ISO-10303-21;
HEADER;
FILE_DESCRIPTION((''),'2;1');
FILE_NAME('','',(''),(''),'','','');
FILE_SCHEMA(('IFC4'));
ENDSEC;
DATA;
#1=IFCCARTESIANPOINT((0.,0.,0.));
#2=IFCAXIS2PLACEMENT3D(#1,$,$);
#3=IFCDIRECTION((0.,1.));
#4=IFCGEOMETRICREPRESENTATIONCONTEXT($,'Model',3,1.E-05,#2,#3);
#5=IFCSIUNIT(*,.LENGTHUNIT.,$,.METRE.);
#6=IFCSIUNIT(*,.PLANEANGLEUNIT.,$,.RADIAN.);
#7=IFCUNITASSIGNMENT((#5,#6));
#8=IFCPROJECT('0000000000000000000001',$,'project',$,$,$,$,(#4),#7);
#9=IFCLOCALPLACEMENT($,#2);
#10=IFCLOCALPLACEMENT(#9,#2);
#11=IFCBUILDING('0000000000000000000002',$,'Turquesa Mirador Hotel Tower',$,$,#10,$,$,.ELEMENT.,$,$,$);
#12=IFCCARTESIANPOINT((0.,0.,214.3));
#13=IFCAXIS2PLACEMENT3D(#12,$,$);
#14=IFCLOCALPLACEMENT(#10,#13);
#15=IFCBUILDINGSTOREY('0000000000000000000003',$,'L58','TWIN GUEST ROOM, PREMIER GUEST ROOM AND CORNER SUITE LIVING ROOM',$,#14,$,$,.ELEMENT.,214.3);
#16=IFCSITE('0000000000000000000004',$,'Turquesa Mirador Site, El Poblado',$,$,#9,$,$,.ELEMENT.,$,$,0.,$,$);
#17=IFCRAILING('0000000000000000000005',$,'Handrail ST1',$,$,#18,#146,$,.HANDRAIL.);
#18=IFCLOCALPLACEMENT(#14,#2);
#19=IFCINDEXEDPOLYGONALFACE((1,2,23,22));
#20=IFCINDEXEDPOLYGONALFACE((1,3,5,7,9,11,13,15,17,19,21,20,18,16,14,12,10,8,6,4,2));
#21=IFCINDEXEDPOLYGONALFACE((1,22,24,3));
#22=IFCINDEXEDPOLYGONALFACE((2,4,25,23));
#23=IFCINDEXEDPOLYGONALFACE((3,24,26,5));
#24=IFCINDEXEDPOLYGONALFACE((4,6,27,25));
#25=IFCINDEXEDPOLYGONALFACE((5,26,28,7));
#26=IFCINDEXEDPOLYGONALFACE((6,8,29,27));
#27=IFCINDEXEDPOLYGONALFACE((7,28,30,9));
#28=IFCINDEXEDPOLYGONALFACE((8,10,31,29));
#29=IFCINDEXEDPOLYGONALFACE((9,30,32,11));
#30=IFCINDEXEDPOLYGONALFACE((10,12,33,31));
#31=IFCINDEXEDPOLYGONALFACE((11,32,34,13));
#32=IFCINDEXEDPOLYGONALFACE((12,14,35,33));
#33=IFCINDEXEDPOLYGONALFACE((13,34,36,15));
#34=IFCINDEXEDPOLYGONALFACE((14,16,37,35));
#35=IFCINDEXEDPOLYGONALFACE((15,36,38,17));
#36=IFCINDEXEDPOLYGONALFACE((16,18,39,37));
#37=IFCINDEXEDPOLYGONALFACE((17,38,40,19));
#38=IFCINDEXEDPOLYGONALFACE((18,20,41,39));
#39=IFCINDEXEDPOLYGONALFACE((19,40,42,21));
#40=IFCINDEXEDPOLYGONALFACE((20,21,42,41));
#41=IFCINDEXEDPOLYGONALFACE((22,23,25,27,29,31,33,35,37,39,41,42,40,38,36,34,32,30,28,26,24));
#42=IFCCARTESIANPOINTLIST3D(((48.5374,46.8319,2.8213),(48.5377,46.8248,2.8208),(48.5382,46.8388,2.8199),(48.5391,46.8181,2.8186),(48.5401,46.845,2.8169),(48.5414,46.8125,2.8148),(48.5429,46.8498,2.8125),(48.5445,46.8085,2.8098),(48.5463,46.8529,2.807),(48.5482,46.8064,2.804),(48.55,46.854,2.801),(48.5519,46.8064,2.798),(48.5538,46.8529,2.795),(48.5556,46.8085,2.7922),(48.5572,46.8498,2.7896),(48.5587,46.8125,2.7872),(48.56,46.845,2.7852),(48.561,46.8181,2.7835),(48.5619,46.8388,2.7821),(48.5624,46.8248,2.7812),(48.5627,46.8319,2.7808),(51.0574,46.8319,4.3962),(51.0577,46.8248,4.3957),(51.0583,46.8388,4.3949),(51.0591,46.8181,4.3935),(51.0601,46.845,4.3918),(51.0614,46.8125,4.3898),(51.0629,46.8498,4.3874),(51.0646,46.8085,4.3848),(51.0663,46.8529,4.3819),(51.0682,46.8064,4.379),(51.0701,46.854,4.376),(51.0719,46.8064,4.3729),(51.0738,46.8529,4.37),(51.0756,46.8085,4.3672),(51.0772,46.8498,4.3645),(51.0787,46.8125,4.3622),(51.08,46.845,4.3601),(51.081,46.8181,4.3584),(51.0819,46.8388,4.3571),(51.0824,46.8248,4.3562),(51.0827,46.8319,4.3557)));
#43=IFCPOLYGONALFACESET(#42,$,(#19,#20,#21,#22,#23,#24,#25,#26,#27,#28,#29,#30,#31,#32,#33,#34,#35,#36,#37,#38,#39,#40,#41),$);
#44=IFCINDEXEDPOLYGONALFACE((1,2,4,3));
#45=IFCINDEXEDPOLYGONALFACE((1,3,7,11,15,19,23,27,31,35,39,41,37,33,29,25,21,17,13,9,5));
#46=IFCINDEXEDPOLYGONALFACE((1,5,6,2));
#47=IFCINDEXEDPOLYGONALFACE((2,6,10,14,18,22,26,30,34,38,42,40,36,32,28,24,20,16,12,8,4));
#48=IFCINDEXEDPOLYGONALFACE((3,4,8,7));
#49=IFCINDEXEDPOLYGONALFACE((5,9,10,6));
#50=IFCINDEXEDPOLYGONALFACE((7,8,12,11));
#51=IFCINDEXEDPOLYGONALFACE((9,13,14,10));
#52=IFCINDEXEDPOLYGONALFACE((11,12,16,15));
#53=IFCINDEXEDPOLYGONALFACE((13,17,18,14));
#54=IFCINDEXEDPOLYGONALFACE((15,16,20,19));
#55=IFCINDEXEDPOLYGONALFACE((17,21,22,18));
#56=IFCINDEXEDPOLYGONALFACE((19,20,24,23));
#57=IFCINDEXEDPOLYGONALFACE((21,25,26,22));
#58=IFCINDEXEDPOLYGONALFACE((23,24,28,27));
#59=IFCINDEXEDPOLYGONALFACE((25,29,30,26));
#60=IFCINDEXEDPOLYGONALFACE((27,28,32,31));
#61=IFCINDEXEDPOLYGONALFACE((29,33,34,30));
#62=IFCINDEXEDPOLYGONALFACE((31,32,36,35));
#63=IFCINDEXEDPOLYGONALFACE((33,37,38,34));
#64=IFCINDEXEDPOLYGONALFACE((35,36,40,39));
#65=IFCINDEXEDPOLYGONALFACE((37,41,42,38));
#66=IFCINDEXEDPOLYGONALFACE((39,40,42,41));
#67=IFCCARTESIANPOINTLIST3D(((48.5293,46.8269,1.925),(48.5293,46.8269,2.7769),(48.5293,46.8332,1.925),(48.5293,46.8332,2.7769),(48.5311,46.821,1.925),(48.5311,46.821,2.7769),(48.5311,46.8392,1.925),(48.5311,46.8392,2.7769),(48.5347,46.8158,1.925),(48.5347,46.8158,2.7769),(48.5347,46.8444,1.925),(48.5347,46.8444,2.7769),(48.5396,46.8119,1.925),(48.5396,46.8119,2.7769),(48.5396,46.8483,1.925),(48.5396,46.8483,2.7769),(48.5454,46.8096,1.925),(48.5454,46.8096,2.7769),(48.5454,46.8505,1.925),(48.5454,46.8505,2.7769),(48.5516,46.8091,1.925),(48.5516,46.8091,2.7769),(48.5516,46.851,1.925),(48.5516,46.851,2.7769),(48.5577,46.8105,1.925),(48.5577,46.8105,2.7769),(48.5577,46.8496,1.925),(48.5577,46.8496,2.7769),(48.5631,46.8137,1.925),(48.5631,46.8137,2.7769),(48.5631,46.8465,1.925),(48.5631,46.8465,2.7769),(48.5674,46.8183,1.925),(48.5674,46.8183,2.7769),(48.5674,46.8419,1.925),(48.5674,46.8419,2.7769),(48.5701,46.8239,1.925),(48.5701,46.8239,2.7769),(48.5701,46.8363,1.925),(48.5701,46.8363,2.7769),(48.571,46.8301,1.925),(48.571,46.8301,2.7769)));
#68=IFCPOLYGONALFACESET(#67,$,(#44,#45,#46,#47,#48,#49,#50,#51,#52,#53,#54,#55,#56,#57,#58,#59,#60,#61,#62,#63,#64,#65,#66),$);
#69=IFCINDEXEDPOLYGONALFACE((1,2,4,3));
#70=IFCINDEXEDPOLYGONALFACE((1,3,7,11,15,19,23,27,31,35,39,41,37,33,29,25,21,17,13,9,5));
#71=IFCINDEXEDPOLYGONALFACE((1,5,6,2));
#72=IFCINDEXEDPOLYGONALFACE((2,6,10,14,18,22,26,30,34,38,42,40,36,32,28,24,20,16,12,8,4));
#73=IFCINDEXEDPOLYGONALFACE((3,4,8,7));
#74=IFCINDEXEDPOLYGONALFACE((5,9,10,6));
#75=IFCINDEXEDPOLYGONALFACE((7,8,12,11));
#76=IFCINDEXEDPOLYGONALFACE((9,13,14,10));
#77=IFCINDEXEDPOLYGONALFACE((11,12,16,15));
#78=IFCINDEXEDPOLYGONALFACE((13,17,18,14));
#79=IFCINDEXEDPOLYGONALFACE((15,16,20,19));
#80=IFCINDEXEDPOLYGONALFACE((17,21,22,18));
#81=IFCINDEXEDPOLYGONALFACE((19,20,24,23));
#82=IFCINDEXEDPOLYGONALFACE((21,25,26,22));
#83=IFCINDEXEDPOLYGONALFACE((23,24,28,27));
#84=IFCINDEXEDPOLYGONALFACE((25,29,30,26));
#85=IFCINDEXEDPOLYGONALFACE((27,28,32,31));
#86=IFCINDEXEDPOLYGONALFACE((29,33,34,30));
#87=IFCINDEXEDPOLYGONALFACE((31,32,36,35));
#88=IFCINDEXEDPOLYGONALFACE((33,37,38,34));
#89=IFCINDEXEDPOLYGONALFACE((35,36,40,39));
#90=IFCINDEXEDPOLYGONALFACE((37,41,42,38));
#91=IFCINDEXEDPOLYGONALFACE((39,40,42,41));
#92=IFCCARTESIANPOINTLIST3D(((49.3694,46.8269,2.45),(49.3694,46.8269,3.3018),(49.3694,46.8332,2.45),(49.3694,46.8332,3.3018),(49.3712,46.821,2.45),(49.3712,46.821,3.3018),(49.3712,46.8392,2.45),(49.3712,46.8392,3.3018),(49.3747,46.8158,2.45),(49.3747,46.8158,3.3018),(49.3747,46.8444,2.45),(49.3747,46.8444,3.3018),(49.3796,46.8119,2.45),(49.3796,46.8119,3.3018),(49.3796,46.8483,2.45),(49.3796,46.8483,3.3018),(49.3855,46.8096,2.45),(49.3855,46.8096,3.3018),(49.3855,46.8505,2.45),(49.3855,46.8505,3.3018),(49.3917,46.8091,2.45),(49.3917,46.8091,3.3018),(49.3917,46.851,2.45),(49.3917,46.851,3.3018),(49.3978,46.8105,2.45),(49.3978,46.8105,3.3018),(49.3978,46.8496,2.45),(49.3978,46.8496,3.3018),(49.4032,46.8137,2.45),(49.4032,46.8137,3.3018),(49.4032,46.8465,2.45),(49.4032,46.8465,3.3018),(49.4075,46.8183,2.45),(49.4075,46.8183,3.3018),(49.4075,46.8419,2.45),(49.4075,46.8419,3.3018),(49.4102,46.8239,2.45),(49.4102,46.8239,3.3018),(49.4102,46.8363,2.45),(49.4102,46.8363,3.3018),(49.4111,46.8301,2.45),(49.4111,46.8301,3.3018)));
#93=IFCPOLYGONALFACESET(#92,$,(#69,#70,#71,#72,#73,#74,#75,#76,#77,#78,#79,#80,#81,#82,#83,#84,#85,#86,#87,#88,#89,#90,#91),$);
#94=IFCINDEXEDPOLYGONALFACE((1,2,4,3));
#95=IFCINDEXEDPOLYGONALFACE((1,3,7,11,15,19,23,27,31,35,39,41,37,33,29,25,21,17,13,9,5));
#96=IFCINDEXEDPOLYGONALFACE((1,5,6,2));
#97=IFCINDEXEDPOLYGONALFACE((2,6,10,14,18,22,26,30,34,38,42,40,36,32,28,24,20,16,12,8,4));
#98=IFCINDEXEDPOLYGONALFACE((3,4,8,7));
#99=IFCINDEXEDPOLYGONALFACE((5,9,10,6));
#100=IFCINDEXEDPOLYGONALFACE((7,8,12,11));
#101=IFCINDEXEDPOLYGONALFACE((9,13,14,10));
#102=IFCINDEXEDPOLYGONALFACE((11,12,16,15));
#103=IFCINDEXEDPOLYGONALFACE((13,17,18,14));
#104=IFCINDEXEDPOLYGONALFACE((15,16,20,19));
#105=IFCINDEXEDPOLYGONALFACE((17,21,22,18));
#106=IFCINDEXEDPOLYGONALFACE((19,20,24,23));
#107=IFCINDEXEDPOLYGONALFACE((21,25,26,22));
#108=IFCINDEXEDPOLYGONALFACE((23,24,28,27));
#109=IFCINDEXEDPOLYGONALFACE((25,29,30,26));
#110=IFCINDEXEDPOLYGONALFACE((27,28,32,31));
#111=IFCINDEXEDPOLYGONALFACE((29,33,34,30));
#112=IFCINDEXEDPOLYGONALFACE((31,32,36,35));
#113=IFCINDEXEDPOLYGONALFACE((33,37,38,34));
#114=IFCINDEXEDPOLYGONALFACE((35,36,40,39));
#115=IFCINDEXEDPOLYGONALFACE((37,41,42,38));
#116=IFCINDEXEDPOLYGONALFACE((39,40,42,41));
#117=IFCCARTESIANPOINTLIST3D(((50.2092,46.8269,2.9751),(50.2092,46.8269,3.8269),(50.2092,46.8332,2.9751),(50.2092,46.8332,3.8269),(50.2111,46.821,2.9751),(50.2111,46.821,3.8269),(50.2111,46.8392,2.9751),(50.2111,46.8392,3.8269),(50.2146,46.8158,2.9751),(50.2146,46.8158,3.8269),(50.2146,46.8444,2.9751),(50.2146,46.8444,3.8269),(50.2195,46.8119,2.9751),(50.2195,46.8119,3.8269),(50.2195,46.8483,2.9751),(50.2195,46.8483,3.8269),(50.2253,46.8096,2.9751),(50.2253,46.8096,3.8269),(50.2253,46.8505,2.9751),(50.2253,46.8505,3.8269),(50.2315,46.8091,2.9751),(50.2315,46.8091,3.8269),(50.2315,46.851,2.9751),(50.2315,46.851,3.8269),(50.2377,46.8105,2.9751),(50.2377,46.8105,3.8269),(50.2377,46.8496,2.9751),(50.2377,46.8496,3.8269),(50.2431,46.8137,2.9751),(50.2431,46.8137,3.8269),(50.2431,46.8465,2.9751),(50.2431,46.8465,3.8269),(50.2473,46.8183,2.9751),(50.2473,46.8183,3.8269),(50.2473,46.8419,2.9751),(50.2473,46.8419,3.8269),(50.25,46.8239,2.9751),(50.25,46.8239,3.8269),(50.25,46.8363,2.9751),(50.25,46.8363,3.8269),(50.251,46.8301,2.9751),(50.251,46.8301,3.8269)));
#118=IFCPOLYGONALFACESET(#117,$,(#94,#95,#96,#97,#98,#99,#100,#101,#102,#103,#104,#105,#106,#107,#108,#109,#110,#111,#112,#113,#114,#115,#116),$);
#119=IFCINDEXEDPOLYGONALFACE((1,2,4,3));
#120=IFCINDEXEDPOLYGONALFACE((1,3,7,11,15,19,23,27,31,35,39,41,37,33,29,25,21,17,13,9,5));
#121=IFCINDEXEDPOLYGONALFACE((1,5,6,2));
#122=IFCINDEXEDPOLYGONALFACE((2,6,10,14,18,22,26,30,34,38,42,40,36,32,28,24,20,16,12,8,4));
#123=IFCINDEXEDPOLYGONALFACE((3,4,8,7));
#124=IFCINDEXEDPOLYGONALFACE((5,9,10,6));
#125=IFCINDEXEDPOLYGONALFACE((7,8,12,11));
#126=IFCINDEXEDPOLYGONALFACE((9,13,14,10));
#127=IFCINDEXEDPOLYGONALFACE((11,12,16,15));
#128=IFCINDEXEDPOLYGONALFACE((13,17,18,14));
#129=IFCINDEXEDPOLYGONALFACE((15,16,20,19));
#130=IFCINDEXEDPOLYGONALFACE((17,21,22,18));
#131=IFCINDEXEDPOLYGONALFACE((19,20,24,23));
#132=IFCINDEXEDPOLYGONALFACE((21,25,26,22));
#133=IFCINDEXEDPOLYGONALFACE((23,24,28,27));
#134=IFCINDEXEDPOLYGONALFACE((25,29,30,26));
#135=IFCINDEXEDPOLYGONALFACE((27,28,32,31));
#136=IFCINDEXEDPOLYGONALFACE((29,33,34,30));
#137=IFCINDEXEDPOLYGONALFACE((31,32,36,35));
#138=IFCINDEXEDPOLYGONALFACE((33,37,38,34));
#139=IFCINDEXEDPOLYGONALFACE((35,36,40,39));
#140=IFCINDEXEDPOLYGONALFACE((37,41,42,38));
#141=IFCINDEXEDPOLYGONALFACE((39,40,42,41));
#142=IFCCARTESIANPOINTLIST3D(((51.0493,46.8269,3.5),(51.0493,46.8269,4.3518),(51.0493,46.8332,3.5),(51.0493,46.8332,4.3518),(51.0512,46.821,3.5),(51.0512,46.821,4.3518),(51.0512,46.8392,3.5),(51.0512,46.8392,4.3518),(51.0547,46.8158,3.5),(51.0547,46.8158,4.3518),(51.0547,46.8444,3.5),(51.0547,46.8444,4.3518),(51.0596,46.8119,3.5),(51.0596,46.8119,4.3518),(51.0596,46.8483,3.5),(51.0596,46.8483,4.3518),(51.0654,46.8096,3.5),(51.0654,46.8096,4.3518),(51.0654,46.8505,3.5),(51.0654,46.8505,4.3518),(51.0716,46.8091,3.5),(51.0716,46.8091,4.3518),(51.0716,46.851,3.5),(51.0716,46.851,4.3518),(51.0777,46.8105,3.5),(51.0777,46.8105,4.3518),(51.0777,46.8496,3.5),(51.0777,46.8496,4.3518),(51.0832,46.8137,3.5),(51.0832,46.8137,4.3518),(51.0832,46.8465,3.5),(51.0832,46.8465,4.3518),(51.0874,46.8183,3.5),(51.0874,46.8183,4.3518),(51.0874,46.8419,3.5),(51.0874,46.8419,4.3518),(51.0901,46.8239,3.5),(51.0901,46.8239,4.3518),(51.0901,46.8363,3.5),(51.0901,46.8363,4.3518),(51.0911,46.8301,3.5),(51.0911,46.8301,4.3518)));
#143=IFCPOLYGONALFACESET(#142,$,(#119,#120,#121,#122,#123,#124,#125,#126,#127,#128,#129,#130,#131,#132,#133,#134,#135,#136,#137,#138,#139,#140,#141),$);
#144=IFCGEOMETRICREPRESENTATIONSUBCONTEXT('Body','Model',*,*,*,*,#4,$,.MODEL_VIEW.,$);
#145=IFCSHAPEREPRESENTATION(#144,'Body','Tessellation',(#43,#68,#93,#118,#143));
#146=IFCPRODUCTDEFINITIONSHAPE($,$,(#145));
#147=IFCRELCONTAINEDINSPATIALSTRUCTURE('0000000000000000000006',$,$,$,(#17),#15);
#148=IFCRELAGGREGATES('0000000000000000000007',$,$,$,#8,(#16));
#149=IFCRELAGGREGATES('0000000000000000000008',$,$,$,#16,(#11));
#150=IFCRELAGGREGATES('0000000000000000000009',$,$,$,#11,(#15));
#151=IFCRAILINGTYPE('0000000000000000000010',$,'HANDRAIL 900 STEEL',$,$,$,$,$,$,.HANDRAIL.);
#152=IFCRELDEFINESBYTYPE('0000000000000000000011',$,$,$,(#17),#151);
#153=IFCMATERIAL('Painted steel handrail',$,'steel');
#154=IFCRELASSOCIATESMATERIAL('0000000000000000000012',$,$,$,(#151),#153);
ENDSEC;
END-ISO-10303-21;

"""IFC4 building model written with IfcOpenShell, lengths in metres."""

from ifc_helpers import new_model, si_unit, direction, frame, origin, origin_2d, place, context, subcontext, project, spatial, circle, extrude, material, type_object, element, save


model = new_model("IFC4")

# Units and contexts
model_context = context("Model", 3, precision=1e-05, world=origin(), true_north=direction((0.0, 1.0)))
body_context = subcontext(model_context, "Body", "Model", "MODEL_VIEW")
ifc_project = project(units=[si_unit("LENGTHUNIT", "METRE"), si_unit("PLANEANGLEUNIT", "RADIAN")], contexts=[model_context])

# Site, building, storey
site_placement = place(None, origin())
site = spatial("IfcSite", under=ifc_project, at=site_placement, Name="Turquesa Mirador Site, El Poblado", CompositionType="ELEMENT", RefElevation=0.0)
building_placement = place(site_placement, origin())
building = spatial("IfcBuilding", under=site, at=building_placement, Name="Turquesa Mirador Hotel Tower", CompositionType="ELEMENT")
storey_placement = place(building_placement, frame((0.0, 0.0, 214.3)))
storey = spatial("IfcBuildingStorey", under=building, at=storey_placement, Name="L58", Description="TWIN GUEST ROOM, PREMIER GUEST ROOM AND CORNER SUITE LIVING ROOM", CompositionType="ELEMENT", Elevation=214.3)

# Railing
ifc_material_1 = material(Name="Painted steel handrail", Category="steel")
railing_type = type_object("IfcRailingType", Name="HANDRAIL 900 STEEL", PredefinedType="HANDRAIL", material=ifc_material_1)
railing_1_placement = place(storey_placement, frame((48.55, 46.8301, 1.925)))
element("IfcRailing", 1, at=railing_1_placement, inside=storey, type_object=railing_type, Name="Handrail ST1", PredefinedType="HANDRAIL", context=body_context, shape_type="SweptSolid", body=[
    extrude(circle(Radius=0.0239, at=origin_2d()), frame((0.0, 0.0, 0.876), z_axis=(0.848008, 0.0, 0.529984), x_axis=(0.0, 1.0, 0.0)), (0.0, 0.0, 1.0), 2.9717),
    extrude(circle(Radius=0.021, at=origin_2d()), origin(), (0.0, 0.0, 1.0), 0.8518),
    extrude(circle(Radius=0.021, at=origin_2d()), frame((0.8401, 0.0, 0.5249)), (0.0, 0.0, 1.0), 0.8518),
    extrude(circle(Radius=0.021, at=origin_2d()), frame((1.6799, 0.0, 1.05)), (0.0, 0.0, 1.0), 0.8518),
    extrude(circle(Radius=0.021, at=origin_2d()), frame((2.52, 0.0, 1.575)), (0.0, 0.0, 1.0), 0.8518),
])

save(model, "model.ifc")
